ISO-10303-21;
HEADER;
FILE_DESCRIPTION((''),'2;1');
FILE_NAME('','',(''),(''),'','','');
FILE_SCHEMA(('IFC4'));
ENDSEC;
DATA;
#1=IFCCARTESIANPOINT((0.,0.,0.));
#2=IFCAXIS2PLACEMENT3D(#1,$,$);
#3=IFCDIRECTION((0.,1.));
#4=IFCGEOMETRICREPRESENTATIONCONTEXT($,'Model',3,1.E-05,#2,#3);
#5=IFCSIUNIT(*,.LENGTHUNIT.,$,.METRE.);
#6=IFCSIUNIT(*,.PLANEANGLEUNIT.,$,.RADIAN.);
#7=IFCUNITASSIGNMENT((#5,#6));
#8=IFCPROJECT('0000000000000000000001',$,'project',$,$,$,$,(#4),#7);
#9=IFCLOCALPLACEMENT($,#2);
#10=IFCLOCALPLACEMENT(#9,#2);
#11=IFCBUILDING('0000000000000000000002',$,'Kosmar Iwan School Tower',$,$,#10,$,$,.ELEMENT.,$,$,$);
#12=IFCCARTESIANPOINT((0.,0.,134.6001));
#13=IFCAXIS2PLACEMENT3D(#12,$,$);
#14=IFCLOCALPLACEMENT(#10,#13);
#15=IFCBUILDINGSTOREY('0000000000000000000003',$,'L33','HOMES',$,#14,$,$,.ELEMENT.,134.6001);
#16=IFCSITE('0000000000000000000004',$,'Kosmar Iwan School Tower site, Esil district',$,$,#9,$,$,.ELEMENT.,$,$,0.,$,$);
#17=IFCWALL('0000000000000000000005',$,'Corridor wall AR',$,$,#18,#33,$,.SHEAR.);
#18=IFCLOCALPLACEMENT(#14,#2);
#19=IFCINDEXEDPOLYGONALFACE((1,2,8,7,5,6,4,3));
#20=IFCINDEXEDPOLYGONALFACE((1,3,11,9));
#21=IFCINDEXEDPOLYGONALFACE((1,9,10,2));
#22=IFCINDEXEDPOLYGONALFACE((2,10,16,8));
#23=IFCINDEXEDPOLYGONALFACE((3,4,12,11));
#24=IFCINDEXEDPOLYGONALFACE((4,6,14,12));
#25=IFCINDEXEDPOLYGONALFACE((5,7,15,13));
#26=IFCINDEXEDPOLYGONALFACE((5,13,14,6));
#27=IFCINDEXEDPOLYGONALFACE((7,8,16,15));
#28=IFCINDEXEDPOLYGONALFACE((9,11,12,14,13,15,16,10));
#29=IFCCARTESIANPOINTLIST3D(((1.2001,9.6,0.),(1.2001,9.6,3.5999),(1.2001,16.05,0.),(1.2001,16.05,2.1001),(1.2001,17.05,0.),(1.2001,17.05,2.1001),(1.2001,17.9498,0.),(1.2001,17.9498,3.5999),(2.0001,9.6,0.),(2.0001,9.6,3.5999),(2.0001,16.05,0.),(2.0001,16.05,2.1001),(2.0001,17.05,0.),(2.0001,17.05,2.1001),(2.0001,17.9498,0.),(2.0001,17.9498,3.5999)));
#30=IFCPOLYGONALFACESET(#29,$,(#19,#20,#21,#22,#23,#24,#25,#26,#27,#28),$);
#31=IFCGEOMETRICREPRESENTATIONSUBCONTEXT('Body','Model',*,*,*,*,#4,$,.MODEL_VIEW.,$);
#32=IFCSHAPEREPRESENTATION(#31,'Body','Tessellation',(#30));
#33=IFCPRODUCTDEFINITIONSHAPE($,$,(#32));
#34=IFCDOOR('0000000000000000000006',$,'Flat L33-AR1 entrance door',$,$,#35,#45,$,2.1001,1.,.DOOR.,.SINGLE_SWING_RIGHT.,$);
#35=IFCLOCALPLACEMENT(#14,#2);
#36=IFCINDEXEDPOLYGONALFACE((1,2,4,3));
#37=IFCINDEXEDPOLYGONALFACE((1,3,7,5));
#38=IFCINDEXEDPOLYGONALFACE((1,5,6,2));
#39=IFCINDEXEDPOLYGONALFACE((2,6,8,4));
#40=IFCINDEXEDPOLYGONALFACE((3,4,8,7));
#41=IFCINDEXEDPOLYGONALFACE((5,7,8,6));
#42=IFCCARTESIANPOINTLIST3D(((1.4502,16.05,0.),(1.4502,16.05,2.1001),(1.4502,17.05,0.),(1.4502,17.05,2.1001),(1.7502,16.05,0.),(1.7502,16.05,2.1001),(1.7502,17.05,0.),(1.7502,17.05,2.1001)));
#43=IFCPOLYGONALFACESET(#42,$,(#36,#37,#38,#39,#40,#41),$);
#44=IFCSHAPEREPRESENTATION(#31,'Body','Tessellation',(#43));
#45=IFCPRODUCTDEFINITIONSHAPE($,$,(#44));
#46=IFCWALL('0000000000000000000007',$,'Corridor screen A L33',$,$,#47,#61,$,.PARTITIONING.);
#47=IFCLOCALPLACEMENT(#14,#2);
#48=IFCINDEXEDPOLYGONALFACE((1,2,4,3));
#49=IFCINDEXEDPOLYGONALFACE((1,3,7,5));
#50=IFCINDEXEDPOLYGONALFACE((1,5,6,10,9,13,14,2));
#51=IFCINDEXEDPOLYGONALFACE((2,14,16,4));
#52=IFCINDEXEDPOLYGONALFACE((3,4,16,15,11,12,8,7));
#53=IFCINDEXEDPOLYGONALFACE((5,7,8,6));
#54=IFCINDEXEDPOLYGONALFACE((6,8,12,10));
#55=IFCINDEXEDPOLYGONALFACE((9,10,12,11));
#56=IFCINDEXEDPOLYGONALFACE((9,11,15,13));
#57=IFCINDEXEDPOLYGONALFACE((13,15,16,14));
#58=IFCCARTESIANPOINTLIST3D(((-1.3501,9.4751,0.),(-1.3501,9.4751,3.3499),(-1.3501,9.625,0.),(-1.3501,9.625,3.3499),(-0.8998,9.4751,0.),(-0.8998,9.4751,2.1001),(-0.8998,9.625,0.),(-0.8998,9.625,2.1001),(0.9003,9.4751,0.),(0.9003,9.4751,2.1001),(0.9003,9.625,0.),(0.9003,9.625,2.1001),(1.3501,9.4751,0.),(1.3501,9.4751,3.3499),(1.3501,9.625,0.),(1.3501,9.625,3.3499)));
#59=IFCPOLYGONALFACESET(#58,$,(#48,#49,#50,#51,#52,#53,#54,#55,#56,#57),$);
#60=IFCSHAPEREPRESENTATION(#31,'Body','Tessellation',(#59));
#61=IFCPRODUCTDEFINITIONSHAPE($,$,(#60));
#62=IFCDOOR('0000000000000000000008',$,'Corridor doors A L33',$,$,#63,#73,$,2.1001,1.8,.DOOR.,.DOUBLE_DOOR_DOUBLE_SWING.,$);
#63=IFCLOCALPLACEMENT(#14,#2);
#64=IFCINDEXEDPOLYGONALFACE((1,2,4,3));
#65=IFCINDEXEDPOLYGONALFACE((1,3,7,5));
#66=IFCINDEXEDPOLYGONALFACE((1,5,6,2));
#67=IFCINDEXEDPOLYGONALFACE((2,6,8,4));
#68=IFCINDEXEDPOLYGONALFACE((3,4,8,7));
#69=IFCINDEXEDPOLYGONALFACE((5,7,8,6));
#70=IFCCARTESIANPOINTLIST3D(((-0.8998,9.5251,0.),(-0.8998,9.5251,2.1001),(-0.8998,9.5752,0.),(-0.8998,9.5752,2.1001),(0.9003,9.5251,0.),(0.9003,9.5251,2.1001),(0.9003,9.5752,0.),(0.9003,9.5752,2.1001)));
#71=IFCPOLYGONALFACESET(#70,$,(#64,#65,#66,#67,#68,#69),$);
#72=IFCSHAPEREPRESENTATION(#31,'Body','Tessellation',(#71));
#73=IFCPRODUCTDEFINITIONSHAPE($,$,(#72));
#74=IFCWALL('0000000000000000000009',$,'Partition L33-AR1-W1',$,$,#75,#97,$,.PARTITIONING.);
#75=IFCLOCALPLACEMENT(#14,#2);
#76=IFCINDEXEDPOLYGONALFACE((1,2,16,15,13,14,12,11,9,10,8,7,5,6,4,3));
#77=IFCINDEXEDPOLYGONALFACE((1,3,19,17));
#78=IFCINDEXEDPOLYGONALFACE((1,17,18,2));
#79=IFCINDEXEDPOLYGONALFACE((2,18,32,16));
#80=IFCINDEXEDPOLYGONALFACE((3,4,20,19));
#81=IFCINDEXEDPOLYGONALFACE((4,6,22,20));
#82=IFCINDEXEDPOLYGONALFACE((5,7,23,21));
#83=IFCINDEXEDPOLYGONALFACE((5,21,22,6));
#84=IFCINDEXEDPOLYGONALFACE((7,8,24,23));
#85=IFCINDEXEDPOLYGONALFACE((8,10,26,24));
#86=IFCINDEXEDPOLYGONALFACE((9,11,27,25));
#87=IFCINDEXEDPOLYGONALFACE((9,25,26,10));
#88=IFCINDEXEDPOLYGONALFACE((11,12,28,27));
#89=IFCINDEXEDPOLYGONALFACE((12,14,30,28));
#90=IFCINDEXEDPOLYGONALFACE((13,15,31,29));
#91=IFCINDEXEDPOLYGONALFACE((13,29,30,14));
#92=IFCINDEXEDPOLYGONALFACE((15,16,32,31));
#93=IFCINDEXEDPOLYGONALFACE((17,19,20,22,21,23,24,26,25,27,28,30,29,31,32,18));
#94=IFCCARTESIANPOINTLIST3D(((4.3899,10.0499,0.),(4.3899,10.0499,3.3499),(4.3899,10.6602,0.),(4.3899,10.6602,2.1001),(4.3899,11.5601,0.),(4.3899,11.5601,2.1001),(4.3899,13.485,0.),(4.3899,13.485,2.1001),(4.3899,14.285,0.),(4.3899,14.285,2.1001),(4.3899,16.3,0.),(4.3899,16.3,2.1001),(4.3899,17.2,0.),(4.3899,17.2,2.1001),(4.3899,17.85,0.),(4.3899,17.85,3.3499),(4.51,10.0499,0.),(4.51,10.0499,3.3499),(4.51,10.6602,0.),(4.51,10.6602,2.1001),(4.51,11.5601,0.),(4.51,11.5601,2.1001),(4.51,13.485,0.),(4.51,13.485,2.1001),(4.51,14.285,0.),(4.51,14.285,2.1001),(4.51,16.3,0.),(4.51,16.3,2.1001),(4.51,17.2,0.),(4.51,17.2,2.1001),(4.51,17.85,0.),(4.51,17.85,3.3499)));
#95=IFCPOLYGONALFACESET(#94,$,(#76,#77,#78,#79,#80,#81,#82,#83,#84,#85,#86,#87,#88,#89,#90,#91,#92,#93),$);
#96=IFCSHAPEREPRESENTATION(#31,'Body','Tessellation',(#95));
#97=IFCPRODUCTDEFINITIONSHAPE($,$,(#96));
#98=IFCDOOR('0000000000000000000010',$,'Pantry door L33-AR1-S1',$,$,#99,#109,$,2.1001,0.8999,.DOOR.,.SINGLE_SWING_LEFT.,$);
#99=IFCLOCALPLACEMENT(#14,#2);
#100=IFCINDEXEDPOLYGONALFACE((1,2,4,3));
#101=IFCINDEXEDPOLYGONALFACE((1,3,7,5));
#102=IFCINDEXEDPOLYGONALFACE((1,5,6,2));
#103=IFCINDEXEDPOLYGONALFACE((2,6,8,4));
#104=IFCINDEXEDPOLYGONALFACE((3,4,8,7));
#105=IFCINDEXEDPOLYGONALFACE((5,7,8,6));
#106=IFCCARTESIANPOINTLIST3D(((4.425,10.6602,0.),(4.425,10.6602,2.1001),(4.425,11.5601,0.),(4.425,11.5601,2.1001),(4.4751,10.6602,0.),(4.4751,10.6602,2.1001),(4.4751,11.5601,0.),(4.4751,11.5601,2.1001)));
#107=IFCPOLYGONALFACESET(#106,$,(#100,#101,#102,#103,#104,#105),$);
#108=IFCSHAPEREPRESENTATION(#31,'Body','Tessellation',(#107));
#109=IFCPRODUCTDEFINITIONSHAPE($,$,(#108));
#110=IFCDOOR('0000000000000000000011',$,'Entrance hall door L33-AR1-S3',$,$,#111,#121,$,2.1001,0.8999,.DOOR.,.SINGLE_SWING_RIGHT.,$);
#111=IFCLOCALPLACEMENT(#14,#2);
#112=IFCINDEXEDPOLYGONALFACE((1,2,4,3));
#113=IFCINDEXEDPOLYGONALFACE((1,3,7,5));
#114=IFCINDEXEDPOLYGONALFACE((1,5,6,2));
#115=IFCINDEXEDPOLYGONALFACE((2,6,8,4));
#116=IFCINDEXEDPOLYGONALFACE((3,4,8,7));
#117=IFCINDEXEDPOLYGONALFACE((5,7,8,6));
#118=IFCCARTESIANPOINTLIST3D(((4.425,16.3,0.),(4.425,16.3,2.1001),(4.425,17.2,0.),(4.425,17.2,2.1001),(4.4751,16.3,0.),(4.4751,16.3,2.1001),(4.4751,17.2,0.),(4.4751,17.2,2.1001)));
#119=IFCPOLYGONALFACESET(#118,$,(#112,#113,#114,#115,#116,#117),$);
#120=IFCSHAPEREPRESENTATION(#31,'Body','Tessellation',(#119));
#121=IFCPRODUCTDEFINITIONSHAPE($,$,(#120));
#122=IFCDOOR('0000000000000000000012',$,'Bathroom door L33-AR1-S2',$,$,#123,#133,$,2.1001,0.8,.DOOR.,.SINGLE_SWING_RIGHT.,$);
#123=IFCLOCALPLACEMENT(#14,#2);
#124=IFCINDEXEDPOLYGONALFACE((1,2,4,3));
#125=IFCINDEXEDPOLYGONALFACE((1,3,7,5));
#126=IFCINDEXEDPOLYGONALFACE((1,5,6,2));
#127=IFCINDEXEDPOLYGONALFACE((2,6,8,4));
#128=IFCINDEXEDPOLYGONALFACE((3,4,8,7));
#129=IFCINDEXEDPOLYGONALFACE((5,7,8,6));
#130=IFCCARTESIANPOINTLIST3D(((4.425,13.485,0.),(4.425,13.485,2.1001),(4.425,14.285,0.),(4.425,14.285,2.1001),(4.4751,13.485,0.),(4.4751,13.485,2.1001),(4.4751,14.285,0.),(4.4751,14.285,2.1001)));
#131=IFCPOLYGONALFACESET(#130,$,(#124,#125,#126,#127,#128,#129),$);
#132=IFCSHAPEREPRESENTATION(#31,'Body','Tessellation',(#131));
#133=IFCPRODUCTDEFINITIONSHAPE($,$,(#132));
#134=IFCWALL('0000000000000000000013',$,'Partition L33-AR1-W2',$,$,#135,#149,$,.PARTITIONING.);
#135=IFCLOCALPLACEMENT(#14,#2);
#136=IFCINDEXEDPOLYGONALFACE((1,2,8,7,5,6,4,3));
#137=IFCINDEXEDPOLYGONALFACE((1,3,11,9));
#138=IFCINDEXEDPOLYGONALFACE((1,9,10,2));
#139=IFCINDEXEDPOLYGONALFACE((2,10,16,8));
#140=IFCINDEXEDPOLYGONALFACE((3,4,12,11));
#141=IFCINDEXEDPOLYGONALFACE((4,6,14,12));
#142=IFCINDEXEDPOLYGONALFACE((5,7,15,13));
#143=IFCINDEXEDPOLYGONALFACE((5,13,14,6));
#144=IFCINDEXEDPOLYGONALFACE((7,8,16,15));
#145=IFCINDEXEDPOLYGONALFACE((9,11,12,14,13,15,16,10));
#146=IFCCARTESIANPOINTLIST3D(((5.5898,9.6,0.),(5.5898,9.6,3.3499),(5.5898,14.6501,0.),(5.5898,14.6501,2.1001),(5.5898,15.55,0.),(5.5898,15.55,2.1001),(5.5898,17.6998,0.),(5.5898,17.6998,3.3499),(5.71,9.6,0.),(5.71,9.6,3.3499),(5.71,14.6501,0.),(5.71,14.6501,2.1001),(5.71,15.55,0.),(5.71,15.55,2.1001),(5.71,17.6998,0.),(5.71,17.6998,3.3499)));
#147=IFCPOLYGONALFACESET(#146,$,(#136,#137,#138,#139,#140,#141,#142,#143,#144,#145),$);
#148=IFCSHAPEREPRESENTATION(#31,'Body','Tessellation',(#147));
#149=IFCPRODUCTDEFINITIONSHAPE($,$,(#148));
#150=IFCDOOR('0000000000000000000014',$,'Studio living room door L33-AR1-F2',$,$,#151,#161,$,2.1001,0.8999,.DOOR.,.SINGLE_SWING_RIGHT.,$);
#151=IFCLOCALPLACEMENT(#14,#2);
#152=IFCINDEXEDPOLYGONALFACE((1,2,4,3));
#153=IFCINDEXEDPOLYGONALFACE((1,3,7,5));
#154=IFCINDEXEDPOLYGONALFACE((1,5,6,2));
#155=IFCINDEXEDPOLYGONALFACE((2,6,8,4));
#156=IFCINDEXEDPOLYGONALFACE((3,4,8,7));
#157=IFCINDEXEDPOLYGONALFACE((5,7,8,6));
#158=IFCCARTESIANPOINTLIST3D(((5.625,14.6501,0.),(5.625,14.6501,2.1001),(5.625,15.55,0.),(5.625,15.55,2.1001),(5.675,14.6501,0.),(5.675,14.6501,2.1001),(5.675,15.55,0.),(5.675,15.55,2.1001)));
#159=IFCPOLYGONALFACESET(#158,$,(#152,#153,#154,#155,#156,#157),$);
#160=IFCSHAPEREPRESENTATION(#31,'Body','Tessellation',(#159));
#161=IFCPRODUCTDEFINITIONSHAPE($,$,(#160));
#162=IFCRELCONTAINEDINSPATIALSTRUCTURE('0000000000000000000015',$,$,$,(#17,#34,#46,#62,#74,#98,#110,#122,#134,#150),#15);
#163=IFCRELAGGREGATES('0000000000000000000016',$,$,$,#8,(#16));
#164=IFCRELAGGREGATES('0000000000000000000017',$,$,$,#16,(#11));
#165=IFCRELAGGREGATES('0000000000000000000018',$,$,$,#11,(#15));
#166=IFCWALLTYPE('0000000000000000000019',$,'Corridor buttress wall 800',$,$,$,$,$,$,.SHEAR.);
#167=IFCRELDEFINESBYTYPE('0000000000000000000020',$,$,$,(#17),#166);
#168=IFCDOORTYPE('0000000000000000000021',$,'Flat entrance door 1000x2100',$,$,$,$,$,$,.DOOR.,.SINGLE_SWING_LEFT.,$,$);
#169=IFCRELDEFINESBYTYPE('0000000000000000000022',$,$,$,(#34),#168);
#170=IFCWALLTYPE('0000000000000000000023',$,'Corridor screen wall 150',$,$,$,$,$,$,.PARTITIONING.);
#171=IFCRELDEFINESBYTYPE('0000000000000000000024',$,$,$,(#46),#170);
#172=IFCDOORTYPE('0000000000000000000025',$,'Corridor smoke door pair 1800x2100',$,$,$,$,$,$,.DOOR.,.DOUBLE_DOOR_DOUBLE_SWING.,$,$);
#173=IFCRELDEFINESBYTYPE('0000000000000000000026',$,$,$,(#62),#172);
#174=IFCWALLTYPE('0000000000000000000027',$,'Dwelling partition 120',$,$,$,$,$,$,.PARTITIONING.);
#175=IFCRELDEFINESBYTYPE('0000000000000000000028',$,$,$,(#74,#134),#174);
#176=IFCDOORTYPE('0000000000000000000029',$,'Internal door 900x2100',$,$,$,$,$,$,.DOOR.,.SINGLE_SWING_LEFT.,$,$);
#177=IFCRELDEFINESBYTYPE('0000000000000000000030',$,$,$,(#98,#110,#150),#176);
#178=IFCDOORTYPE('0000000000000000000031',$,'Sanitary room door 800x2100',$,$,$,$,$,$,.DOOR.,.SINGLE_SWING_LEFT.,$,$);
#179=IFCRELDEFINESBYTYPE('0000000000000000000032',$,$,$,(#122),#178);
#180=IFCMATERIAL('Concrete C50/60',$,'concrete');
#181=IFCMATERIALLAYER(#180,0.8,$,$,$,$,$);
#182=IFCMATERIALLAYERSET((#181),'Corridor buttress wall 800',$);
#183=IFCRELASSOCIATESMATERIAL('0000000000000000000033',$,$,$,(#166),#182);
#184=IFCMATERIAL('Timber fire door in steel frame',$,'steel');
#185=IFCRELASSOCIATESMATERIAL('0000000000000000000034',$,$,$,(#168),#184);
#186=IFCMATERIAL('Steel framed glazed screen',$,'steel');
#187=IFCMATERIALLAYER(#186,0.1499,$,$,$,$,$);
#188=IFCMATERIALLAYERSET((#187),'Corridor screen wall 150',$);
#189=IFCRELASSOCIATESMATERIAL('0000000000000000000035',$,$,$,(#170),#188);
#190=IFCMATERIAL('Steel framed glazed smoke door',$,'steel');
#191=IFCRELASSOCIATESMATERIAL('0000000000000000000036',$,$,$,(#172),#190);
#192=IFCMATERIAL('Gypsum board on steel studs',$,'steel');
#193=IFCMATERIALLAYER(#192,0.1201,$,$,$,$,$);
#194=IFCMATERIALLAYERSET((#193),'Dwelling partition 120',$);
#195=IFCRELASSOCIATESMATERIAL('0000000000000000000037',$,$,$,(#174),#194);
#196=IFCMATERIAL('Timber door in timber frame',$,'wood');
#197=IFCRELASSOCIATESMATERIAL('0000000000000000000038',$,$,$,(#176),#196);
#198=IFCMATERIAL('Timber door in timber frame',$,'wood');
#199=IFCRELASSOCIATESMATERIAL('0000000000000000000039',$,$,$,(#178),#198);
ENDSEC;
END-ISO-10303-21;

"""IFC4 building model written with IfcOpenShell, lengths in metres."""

from ifc_helpers import new_model, si_unit, direction, frame, frame_2d, origin, place, context, subcontext, project, spatial, rectangle, extrude, material, layer, layer_set, type_object, element, fill, save


model = new_model("IFC4")

# Units and contexts
model_context = context("Model", 3, precision=1e-05, world=origin(), true_north=direction((0.0, 1.0)))
body_context = subcontext(model_context, "Body", "Model", "MODEL_VIEW")
ifc_project = project(units=[si_unit("LENGTHUNIT", "METRE"), si_unit("PLANEANGLEUNIT", "RADIAN")], contexts=[model_context])

# Site, building, storey
site_placement = place(None, origin())
site = spatial("IfcSite", under=ifc_project, at=site_placement, Name="Kosmar Iwan School Tower site, Esil district", CompositionType="ELEMENT", RefElevation=0.0)
building_placement = place(site_placement, origin())
building = spatial("IfcBuilding", under=site, at=building_placement, Name="Kosmar Iwan School Tower", CompositionType="ELEMENT")
storey_placement = place(building_placement, frame((0.0, 0.0, 134.6001)))
storey = spatial("IfcBuildingStorey", under=building, at=storey_placement, Name="L33", Description="HOMES", CompositionType="ELEMENT", Elevation=134.6001)

# Walls, openings, doors
ifc_material_1 = material(Name="Concrete C50/60", Category="concrete")
ifc_layer_1 = layer(ifc_material_1, 0.8)
ifc_layer_set_1 = layer_set([ifc_layer_1], Name="Corridor buttress wall 800")
wall_type_1 = type_object("IfcWallType", Name="Corridor buttress wall 800", PredefinedType="SHEAR", material=ifc_layer_set_1)
wall_1_placement = place(storey_placement, frame((1.6001, 9.6001, 0.0), z_axis=(0.0, 0.0, 1.0), x_axis=(0.0, 1.0, 0.0)))
wall_1 = element("IfcWall", 1, at=wall_1_placement, inside=storey, type_object=wall_type_1, Name="Corridor wall AR", PredefinedType="SHEAR", context=body_context, shape_type="SweptSolid", body=[
    extrude(rectangle(XDim=8.3499, YDim=0.8, at=frame_2d((4.1748, 0.0))), origin(), (0.0, 0.0, 1.0), 3.5999),
])
opening_1_placement = place(wall_1_placement, frame((6.45, 0.0, 0.0)))
opening_1 = element("IfcOpeningElement", 2, at=opening_1_placement, cuts=wall_1, PredefinedType="OPENING", context=body_context, shape_type="SweptSolid", body=[
    extrude(rectangle(XDim=1.0, YDim=2.1001, at=frame_2d((0.5, 1.05))), frame((0.0, 0.4121, 0.0), z_axis=(0.0, -1.0, 0.0), x_axis=(1.0, 0.0, 0.0)), (0.0, 0.0, 1.0), 0.824),
])
ifc_material_2 = material(Name="Timber fire door in steel frame", Category="steel")
door_type_1 = type_object("IfcDoorType", Name="Flat entrance door 1000x2100", OperationType="SINGLE_SWING_LEFT", PredefinedType="DOOR", material=ifc_material_2)
door_1_placement = place(opening_1_placement, origin())
door_1 = element("IfcDoor", 3, at=door_1_placement, inside=storey, type_object=door_type_1, Name="Flat L33-AR1 entrance door", OperationType="SINGLE_SWING_RIGHT", OverallHeight=2.1001, OverallWidth=1.0, PredefinedType="DOOR", context=body_context, shape_type="SweptSolid", body=[
    extrude(rectangle(XDim=1.0, YDim=2.1001, at=frame_2d((0.5, 1.05))), frame((0.0, 0.1499, 0.0), z_axis=(0.0, -1.0, 0.0), x_axis=(1.0, 0.0, 0.0)), (0.0, 0.0, 1.0), 0.3),
])
fill(opening_1, door_1)
ifc_material_3 = material(Name="Steel framed glazed screen", Category="steel")
ifc_layer_2 = layer(ifc_material_3, 0.1499)
ifc_layer_set_2 = layer_set([ifc_layer_2], Name="Corridor screen wall 150")
wall_type_2 = type_object("IfcWallType", Name="Corridor screen wall 150", PredefinedType="PARTITIONING", material=ifc_layer_set_2)
wall_2_placement = place(storey_placement, frame((1.3501, 9.55, 0.0), z_axis=(0.0, 0.0, 1.0), x_axis=(-1.0, 0.0, 0.0)))
wall_2 = element("IfcWall", 4, at=wall_2_placement, inside=storey, type_object=wall_type_2, Name="Corridor screen A L33", PredefinedType="PARTITIONING", context=body_context, shape_type="SweptSolid", body=[
    extrude(rectangle(XDim=2.7002, YDim=0.1499, at=frame_2d((1.3501, 0.0))), origin(), (0.0, 0.0, 1.0), 3.3499),
])
opening_2_placement = place(wall_2_placement, frame((0.45, 0.0, 0.0)))
opening_2 = element("IfcOpeningElement", 5, at=opening_2_placement, cuts=wall_2, PredefinedType="OPENING", context=body_context, shape_type="SweptSolid", body=[
    extrude(rectangle(XDim=1.8, YDim=2.1001, at=frame_2d((0.8999, 1.05))), frame((0.0, 0.0869, 0.0), z_axis=(0.0, -1.0, 0.0), x_axis=(1.0, 0.0, 0.0)), (0.0, 0.0, 1.0), 0.1738),
])
ifc_material_4 = material(Name="Steel framed glazed smoke door", Category="steel")
door_type_2 = type_object("IfcDoorType", Name="Corridor smoke door pair 1800x2100", OperationType="DOUBLE_DOOR_DOUBLE_SWING", PredefinedType="DOOR", material=ifc_material_4)
door_2_placement = place(opening_2_placement, origin())
door_2 = element("IfcDoor", 6, at=door_2_placement, inside=storey, type_object=door_type_2, Name="Corridor doors A L33", OperationType="DOUBLE_DOOR_DOUBLE_SWING", OverallHeight=2.1001, OverallWidth=1.8, PredefinedType="DOOR", context=body_context, shape_type="SweptSolid", body=[
    extrude(rectangle(XDim=1.8, YDim=2.1001, at=frame_2d((0.8999, 1.05))), frame((0.0, 0.0249, 0.0), z_axis=(0.0, -1.0, 0.0), x_axis=(1.0, 0.0, 0.0)), (0.0, 0.0, 1.0), 0.05),
])
fill(opening_2, door_2)

# Wall, openings, doors
ifc_material_5 = material(Name="Gypsum board on steel studs", Category="steel")
ifc_layer_3 = layer(ifc_material_5, 0.1201)
ifc_layer_set_3 = layer_set([ifc_layer_3], Name="Dwelling partition 120")
wall_type_3 = type_object("IfcWallType", Name="Dwelling partition 120", PredefinedType="PARTITIONING", material=ifc_layer_set_3)
wall_3_placement = place(storey_placement, frame((4.45, 10.05, 0.0), z_axis=(0.0, 0.0, 1.0), x_axis=(0.0, 1.0, 0.0)))
wall_3 = element("IfcWall", 7, at=wall_3_placement, inside=storey, type_object=wall_type_3, Name="Partition L33-AR1-W1", PredefinedType="PARTITIONING", context=body_context, shape_type="SweptSolid", body=[
    extrude(rectangle(XDim=7.8, YDim=0.1201, at=frame_2d((3.8999, 0.0))), origin(), (0.0, 0.0, 1.0), 3.3499),
])
opening_3_placement = place(wall_3_placement, frame((0.6101, 0.0, 0.0)))
opening_3 = element("IfcOpeningElement", 8, at=opening_3_placement, cuts=wall_3, PredefinedType="OPENING", context=body_context, shape_type="SweptSolid", body=[
    extrude(rectangle(XDim=0.8999, YDim=2.1001, at=frame_2d((0.45, 1.05))), frame((0.0, 0.072, 0.0), z_axis=(0.0, -1.0, 0.0), x_axis=(1.0, 0.0, 0.0)), (0.0, 0.0, 1.0), 0.144),
])
opening_4_placement = place(wall_3_placement, frame((3.4351, 0.0, 0.0)))
opening_4 = element("IfcOpeningElement", 9, at=opening_4_placement, cuts=wall_3, PredefinedType="OPENING", context=body_context, shape_type="SweptSolid", body=[
    extrude(rectangle(XDim=0.8, YDim=2.1001, at=frame_2d((0.3999, 1.05))), frame((0.0, 0.072, 0.0), z_axis=(0.0, -1.0, 0.0), x_axis=(1.0, 0.0, 0.0)), (0.0, 0.0, 1.0), 0.144),
])
opening_5_placement = place(wall_3_placement, frame((6.25, 0.0, 0.0)))
opening_5 = element("IfcOpeningElement", 10, at=opening_5_placement, cuts=wall_3, PredefinedType="OPENING", context=body_context, shape_type="SweptSolid", body=[
    extrude(rectangle(XDim=0.8999, YDim=2.1001, at=frame_2d((0.45, 1.05))), frame((0.0, 0.072, 0.0), z_axis=(0.0, -1.0, 0.0), x_axis=(1.0, 0.0, 0.0)), (0.0, 0.0, 1.0), 0.144),
])
ifc_material_6 = material(Name="Timber door in timber frame", Category="wood")
door_type_3 = type_object("IfcDoorType", Name="Internal door 900x2100", OperationType="SINGLE_SWING_LEFT", PredefinedType="DOOR", material=ifc_material_6)
door_3_placement = place(opening_3_placement, origin())
door_3 = element("IfcDoor", 11, at=door_3_placement, inside=storey, type_object=door_type_3, Name="Pantry door L33-AR1-S1", OperationType="SINGLE_SWING_LEFT", OverallHeight=2.1001, OverallWidth=0.8999, PredefinedType="DOOR", context=body_context, shape_type="SweptSolid", body=[
    extrude(rectangle(XDim=0.8999, YDim=2.1001, at=frame_2d((0.45, 1.05))), frame((0.0, 0.0249, 0.0), z_axis=(0.0, -1.0, 0.0), x_axis=(1.0, 0.0, 0.0)), (0.0, 0.0, 1.0), 0.05),
])
fill(opening_3, door_3)
door_4_placement = place(opening_5_placement, origin())
door_4 = element("IfcDoor", 12, at=door_4_placement, inside=storey, type_object=door_type_3, Name="Entrance hall door L33-AR1-S3", OperationType="SINGLE_SWING_RIGHT", OverallHeight=2.1001, OverallWidth=0.8999, PredefinedType="DOOR", context=body_context, shape_type="SweptSolid", body=[
    extrude(rectangle(XDim=0.8999, YDim=2.1001, at=frame_2d((0.45, 1.05))), frame((0.0, 0.0249, 0.0), z_axis=(0.0, -1.0, 0.0), x_axis=(1.0, 0.0, 0.0)), (0.0, 0.0, 1.0), 0.05),
])
fill(opening_5, door_4)
ifc_material_7 = material(Name="Timber door in timber frame", Category="wood")
door_type_4 = type_object("IfcDoorType", Name="Sanitary room door 800x2100", OperationType="SINGLE_SWING_LEFT", PredefinedType="DOOR", material=ifc_material_7)
door_5_placement = place(opening_4_placement, origin())
door_5 = element("IfcDoor", 13, at=door_5_placement, inside=storey, type_object=door_type_4, Name="Bathroom door L33-AR1-S2", OperationType="SINGLE_SWING_RIGHT", OverallHeight=2.1001, OverallWidth=0.8, PredefinedType="DOOR", context=body_context, shape_type="SweptSolid", body=[
    extrude(rectangle(XDim=0.8, YDim=2.1001, at=frame_2d((0.3999, 1.05))), frame((0.0, 0.0249, 0.0), z_axis=(0.0, -1.0, 0.0), x_axis=(1.0, 0.0, 0.0)), (0.0, 0.0, 1.0), 0.05),
])
fill(opening_4, door_5)

# Wall, opening, door
wall_4_placement = place(storey_placement, frame((5.6499, 9.6001, 0.0), z_axis=(0.0, 0.0, 1.0), x_axis=(0.0, 1.0, 0.0)))
wall_4 = element("IfcWall", 14, at=wall_4_placement, inside=storey, type_object=wall_type_3, Name="Partition L33-AR1-W2", PredefinedType="PARTITIONING", context=body_context, shape_type="SweptSolid", body=[
    extrude(rectangle(XDim=8.0999, YDim=0.1201, at=frame_2d((4.0498, 0.0))), origin(), (0.0, 0.0, 1.0), 3.3499),
])
opening_6_placement = place(wall_4_placement, frame((5.05, 0.0, 0.0)))
opening_6 = element("IfcOpeningElement", 15, at=opening_6_placement, cuts=wall_4, PredefinedType="OPENING", context=body_context, shape_type="SweptSolid", body=[
    extrude(rectangle(XDim=0.8999, YDim=2.1001, at=frame_2d((0.45, 1.05))), frame((0.0, 0.072, 0.0), z_axis=(0.0, -1.0, 0.0), x_axis=(1.0, 0.0, 0.0)), (0.0, 0.0, 1.0), 0.144),
])
door_6_placement = place(opening_6_placement, origin())
door_6 = element("IfcDoor", 16, at=door_6_placement, inside=storey, type_object=door_type_3, Name="Studio living room door L33-AR1-F2", OperationType="SINGLE_SWING_RIGHT", OverallHeight=2.1001, OverallWidth=0.8999, PredefinedType="DOOR", context=body_context, shape_type="SweptSolid", body=[
    extrude(rectangle(XDim=0.8999, YDim=2.1001, at=frame_2d((0.45, 1.05))), frame((0.0, 0.0249, 0.0), z_axis=(0.0, -1.0, 0.0), x_axis=(1.0, 0.0, 0.0)), (0.0, 0.0, 1.0), 0.05),
])
fill(opening_6, door_6)

save(model, "model.ifc")
